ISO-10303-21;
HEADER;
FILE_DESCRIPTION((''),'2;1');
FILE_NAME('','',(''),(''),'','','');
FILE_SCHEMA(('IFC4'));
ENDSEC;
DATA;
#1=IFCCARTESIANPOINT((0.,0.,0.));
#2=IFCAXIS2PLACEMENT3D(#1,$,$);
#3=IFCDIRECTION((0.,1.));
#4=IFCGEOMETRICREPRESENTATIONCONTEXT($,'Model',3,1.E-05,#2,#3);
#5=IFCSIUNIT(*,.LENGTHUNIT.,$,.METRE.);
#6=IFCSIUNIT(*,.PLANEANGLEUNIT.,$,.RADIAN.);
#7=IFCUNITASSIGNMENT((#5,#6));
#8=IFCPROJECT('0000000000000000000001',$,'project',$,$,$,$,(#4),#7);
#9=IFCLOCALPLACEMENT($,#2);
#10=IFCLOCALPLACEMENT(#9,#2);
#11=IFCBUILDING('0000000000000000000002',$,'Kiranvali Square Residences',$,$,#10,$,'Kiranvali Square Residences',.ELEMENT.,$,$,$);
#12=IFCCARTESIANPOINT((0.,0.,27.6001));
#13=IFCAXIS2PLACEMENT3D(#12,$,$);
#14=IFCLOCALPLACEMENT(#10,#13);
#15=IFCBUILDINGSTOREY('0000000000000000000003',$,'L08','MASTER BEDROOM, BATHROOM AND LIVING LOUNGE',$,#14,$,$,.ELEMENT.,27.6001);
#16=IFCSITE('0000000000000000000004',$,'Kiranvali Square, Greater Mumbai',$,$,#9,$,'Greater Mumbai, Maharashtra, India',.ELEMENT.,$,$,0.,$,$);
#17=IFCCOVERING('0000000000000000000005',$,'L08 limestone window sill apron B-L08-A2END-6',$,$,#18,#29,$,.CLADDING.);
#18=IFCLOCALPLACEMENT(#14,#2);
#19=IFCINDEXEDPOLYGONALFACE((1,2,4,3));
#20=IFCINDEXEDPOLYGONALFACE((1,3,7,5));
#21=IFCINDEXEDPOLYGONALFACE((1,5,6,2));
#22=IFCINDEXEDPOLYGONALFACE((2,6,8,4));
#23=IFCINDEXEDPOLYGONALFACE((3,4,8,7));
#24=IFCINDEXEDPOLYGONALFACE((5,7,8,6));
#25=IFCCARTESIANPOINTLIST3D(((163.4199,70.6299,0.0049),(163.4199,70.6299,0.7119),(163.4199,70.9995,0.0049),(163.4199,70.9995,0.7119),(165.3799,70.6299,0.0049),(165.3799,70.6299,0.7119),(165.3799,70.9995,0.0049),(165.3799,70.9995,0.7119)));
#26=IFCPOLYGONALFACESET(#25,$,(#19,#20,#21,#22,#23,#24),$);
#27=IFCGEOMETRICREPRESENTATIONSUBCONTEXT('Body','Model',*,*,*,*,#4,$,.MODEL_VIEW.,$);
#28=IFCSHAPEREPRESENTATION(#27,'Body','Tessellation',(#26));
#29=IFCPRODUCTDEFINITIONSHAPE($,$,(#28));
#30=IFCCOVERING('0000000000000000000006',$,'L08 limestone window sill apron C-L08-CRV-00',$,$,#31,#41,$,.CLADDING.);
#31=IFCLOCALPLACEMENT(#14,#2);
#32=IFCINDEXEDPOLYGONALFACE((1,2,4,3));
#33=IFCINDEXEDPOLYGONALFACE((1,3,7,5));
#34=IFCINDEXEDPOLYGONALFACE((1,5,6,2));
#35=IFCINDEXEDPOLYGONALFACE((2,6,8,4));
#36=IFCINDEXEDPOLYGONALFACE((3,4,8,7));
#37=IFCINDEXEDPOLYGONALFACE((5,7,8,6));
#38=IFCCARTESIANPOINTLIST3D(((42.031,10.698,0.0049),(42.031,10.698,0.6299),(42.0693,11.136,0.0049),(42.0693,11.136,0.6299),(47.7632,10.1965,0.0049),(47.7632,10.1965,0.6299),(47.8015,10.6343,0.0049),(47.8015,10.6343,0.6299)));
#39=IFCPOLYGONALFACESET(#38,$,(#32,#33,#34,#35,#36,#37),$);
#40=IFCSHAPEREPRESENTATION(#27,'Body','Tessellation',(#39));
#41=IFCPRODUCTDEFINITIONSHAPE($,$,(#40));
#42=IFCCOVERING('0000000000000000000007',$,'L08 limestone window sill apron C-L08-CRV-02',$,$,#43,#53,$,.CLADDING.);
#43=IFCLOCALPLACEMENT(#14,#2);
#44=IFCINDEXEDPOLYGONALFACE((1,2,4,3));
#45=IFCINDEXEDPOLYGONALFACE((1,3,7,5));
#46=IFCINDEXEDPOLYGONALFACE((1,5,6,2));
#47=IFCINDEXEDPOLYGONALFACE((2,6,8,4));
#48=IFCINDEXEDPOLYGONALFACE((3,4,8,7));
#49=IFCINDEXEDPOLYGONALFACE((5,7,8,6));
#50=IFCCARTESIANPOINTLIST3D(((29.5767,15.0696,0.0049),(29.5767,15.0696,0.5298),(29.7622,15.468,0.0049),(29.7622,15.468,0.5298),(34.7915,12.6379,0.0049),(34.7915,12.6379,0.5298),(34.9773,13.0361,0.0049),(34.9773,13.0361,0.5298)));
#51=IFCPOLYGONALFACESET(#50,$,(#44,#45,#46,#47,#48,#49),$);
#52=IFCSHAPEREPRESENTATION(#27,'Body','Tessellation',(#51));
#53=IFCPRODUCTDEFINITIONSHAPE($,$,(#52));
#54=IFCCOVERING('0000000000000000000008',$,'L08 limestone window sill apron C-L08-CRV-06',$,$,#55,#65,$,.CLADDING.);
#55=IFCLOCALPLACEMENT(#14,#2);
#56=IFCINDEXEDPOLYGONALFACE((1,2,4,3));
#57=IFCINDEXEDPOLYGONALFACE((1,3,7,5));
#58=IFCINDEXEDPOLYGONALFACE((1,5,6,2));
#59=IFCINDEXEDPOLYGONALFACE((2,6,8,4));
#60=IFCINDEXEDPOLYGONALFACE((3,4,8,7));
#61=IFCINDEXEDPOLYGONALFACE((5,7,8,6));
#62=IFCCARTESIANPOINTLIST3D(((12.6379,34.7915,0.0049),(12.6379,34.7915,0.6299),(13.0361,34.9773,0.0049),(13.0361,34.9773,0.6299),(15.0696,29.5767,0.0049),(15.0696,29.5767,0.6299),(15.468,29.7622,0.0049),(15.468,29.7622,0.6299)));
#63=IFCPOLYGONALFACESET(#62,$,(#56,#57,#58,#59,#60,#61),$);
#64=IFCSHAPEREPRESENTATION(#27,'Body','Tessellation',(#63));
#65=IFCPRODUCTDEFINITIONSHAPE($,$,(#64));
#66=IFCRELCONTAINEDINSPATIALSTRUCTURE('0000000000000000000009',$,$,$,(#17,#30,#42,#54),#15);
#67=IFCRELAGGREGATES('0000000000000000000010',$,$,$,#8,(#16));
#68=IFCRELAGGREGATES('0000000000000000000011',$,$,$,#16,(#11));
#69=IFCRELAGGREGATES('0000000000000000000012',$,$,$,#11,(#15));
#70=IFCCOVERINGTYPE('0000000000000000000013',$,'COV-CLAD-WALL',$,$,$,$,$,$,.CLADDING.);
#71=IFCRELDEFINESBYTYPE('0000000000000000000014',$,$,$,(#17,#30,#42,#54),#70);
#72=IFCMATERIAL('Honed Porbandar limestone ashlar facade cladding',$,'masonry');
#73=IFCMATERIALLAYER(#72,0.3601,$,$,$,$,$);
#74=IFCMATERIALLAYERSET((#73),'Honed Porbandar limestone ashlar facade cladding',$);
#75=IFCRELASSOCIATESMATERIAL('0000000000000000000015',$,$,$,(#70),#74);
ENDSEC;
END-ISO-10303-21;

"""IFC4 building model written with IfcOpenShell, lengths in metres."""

from ifc_helpers import new_model, si_unit, direction, frame, origin, place, context, subcontext, project, spatial, polyline, outline, extrude, material, layer, layer_set, type_object, element, save


model = new_model("IFC4")

# Units and contexts
model_context = context("Model", 3, precision=1e-05, world=origin(), true_north=direction((0.0, 1.0)))
body_context = subcontext(model_context, "Body", "Model", "MODEL_VIEW")
ifc_project = project(units=[si_unit("LENGTHUNIT", "METRE"), si_unit("PLANEANGLEUNIT", "RADIAN")], contexts=[model_context])

# Site, building, storey
site_placement = place(None, origin())
site = spatial("IfcSite", under=ifc_project, at=site_placement, Name="Kiranvali Square, Greater Mumbai", LongName="Greater Mumbai, Maharashtra, India", CompositionType="ELEMENT", RefElevation=0.0)
building_placement = place(site_placement, origin())
building = spatial("IfcBuilding", under=site, at=building_placement, Name="Kiranvali Square Residences", LongName="Kiranvali Square Residences", CompositionType="ELEMENT")
storey_placement = place(building_placement, frame((0.0, 0.0, 27.6001)))
storey = spatial("IfcBuildingStorey", under=building, at=storey_placement, Name="L08", Description="MASTER BEDROOM, BATHROOM AND LIVING LOUNGE", CompositionType="ELEMENT", Elevation=27.6001)

# Coverings
ifc_material = material(Name="Honed Porbandar limestone ashlar facade cladding", Category="masonry")
ifc_layer_1 = layer(ifc_material, 0.3601)
ifc_layer_set_1 = layer_set([ifc_layer_1], Name="Honed Porbandar limestone ashlar facade cladding")
covering_type_1 = type_object("IfcCoveringType", Name="COV-CLAD-WALL", PredefinedType="CLADDING", material=ifc_layer_set_1)
covering_1_placement = place(storey_placement, frame((0.0, 0.0, 0.0049)))
element("IfcCovering", 1, at=covering_1_placement, inside=storey, type_object=covering_type_1, Name="L08 limestone window sill apron B-L08-A2END-6", PredefinedType="CLADDING", context=body_context, shape_type="SweptSolid", body=[
    extrude(outline(polyline([(163.4199, 70.6299), (165.3799, 70.6299), (165.3799, 70.9995), (163.4199, 70.9995), (163.4199, 70.6299)])), origin(), (0.0, 0.0, 1.0), 0.707),
])
covering_2_placement = place(storey_placement, frame((0.0, 0.0, 0.0049)))
element("IfcCovering", 2, at=covering_2_placement, inside=storey, type_object=covering_type_1, Name="L08 limestone window sill apron C-L08-CRV-00", PredefinedType="CLADDING", context=body_context, shape_type="SweptSolid", body=[
    extrude(outline(polyline([(47.8015, 10.6343), (42.0693, 11.136), (42.031, 10.698), (47.7632, 10.1965), (47.8015, 10.6343)])), origin(), (0.0, 0.0, 1.0), 0.625),
])
covering_3_placement = place(storey_placement, frame((0.0, 0.0, 0.0049)))
element("IfcCovering", 3, at=covering_3_placement, inside=storey, type_object=covering_type_1, Name="L08 limestone window sill apron C-L08-CRV-02", PredefinedType="CLADDING", context=body_context, shape_type="SweptSolid", body=[
    extrude(outline(polyline([(34.9773, 13.0361), (29.7622, 15.468), (29.5767, 15.0696), (34.7915, 12.6379), (34.9773, 13.0361)])), origin(), (0.0, 0.0, 1.0), 0.5249),
])
covering_4_placement = place(storey_placement, frame((0.0, 0.0, 0.0049)))
element("IfcCovering", 4, at=covering_4_placement, inside=storey, type_object=covering_type_1, Name="L08 limestone window sill apron C-L08-CRV-06", PredefinedType="CLADDING", context=body_context, shape_type="SweptSolid", body=[
    extrude(outline(polyline([(15.468, 29.7622), (13.0361, 34.9773), (12.6379, 34.7915), (15.0696, 29.5767), (15.468, 29.7622)])), origin(), (0.0, 0.0, 1.0), 0.625),
])

save(model, "model.ifc")
